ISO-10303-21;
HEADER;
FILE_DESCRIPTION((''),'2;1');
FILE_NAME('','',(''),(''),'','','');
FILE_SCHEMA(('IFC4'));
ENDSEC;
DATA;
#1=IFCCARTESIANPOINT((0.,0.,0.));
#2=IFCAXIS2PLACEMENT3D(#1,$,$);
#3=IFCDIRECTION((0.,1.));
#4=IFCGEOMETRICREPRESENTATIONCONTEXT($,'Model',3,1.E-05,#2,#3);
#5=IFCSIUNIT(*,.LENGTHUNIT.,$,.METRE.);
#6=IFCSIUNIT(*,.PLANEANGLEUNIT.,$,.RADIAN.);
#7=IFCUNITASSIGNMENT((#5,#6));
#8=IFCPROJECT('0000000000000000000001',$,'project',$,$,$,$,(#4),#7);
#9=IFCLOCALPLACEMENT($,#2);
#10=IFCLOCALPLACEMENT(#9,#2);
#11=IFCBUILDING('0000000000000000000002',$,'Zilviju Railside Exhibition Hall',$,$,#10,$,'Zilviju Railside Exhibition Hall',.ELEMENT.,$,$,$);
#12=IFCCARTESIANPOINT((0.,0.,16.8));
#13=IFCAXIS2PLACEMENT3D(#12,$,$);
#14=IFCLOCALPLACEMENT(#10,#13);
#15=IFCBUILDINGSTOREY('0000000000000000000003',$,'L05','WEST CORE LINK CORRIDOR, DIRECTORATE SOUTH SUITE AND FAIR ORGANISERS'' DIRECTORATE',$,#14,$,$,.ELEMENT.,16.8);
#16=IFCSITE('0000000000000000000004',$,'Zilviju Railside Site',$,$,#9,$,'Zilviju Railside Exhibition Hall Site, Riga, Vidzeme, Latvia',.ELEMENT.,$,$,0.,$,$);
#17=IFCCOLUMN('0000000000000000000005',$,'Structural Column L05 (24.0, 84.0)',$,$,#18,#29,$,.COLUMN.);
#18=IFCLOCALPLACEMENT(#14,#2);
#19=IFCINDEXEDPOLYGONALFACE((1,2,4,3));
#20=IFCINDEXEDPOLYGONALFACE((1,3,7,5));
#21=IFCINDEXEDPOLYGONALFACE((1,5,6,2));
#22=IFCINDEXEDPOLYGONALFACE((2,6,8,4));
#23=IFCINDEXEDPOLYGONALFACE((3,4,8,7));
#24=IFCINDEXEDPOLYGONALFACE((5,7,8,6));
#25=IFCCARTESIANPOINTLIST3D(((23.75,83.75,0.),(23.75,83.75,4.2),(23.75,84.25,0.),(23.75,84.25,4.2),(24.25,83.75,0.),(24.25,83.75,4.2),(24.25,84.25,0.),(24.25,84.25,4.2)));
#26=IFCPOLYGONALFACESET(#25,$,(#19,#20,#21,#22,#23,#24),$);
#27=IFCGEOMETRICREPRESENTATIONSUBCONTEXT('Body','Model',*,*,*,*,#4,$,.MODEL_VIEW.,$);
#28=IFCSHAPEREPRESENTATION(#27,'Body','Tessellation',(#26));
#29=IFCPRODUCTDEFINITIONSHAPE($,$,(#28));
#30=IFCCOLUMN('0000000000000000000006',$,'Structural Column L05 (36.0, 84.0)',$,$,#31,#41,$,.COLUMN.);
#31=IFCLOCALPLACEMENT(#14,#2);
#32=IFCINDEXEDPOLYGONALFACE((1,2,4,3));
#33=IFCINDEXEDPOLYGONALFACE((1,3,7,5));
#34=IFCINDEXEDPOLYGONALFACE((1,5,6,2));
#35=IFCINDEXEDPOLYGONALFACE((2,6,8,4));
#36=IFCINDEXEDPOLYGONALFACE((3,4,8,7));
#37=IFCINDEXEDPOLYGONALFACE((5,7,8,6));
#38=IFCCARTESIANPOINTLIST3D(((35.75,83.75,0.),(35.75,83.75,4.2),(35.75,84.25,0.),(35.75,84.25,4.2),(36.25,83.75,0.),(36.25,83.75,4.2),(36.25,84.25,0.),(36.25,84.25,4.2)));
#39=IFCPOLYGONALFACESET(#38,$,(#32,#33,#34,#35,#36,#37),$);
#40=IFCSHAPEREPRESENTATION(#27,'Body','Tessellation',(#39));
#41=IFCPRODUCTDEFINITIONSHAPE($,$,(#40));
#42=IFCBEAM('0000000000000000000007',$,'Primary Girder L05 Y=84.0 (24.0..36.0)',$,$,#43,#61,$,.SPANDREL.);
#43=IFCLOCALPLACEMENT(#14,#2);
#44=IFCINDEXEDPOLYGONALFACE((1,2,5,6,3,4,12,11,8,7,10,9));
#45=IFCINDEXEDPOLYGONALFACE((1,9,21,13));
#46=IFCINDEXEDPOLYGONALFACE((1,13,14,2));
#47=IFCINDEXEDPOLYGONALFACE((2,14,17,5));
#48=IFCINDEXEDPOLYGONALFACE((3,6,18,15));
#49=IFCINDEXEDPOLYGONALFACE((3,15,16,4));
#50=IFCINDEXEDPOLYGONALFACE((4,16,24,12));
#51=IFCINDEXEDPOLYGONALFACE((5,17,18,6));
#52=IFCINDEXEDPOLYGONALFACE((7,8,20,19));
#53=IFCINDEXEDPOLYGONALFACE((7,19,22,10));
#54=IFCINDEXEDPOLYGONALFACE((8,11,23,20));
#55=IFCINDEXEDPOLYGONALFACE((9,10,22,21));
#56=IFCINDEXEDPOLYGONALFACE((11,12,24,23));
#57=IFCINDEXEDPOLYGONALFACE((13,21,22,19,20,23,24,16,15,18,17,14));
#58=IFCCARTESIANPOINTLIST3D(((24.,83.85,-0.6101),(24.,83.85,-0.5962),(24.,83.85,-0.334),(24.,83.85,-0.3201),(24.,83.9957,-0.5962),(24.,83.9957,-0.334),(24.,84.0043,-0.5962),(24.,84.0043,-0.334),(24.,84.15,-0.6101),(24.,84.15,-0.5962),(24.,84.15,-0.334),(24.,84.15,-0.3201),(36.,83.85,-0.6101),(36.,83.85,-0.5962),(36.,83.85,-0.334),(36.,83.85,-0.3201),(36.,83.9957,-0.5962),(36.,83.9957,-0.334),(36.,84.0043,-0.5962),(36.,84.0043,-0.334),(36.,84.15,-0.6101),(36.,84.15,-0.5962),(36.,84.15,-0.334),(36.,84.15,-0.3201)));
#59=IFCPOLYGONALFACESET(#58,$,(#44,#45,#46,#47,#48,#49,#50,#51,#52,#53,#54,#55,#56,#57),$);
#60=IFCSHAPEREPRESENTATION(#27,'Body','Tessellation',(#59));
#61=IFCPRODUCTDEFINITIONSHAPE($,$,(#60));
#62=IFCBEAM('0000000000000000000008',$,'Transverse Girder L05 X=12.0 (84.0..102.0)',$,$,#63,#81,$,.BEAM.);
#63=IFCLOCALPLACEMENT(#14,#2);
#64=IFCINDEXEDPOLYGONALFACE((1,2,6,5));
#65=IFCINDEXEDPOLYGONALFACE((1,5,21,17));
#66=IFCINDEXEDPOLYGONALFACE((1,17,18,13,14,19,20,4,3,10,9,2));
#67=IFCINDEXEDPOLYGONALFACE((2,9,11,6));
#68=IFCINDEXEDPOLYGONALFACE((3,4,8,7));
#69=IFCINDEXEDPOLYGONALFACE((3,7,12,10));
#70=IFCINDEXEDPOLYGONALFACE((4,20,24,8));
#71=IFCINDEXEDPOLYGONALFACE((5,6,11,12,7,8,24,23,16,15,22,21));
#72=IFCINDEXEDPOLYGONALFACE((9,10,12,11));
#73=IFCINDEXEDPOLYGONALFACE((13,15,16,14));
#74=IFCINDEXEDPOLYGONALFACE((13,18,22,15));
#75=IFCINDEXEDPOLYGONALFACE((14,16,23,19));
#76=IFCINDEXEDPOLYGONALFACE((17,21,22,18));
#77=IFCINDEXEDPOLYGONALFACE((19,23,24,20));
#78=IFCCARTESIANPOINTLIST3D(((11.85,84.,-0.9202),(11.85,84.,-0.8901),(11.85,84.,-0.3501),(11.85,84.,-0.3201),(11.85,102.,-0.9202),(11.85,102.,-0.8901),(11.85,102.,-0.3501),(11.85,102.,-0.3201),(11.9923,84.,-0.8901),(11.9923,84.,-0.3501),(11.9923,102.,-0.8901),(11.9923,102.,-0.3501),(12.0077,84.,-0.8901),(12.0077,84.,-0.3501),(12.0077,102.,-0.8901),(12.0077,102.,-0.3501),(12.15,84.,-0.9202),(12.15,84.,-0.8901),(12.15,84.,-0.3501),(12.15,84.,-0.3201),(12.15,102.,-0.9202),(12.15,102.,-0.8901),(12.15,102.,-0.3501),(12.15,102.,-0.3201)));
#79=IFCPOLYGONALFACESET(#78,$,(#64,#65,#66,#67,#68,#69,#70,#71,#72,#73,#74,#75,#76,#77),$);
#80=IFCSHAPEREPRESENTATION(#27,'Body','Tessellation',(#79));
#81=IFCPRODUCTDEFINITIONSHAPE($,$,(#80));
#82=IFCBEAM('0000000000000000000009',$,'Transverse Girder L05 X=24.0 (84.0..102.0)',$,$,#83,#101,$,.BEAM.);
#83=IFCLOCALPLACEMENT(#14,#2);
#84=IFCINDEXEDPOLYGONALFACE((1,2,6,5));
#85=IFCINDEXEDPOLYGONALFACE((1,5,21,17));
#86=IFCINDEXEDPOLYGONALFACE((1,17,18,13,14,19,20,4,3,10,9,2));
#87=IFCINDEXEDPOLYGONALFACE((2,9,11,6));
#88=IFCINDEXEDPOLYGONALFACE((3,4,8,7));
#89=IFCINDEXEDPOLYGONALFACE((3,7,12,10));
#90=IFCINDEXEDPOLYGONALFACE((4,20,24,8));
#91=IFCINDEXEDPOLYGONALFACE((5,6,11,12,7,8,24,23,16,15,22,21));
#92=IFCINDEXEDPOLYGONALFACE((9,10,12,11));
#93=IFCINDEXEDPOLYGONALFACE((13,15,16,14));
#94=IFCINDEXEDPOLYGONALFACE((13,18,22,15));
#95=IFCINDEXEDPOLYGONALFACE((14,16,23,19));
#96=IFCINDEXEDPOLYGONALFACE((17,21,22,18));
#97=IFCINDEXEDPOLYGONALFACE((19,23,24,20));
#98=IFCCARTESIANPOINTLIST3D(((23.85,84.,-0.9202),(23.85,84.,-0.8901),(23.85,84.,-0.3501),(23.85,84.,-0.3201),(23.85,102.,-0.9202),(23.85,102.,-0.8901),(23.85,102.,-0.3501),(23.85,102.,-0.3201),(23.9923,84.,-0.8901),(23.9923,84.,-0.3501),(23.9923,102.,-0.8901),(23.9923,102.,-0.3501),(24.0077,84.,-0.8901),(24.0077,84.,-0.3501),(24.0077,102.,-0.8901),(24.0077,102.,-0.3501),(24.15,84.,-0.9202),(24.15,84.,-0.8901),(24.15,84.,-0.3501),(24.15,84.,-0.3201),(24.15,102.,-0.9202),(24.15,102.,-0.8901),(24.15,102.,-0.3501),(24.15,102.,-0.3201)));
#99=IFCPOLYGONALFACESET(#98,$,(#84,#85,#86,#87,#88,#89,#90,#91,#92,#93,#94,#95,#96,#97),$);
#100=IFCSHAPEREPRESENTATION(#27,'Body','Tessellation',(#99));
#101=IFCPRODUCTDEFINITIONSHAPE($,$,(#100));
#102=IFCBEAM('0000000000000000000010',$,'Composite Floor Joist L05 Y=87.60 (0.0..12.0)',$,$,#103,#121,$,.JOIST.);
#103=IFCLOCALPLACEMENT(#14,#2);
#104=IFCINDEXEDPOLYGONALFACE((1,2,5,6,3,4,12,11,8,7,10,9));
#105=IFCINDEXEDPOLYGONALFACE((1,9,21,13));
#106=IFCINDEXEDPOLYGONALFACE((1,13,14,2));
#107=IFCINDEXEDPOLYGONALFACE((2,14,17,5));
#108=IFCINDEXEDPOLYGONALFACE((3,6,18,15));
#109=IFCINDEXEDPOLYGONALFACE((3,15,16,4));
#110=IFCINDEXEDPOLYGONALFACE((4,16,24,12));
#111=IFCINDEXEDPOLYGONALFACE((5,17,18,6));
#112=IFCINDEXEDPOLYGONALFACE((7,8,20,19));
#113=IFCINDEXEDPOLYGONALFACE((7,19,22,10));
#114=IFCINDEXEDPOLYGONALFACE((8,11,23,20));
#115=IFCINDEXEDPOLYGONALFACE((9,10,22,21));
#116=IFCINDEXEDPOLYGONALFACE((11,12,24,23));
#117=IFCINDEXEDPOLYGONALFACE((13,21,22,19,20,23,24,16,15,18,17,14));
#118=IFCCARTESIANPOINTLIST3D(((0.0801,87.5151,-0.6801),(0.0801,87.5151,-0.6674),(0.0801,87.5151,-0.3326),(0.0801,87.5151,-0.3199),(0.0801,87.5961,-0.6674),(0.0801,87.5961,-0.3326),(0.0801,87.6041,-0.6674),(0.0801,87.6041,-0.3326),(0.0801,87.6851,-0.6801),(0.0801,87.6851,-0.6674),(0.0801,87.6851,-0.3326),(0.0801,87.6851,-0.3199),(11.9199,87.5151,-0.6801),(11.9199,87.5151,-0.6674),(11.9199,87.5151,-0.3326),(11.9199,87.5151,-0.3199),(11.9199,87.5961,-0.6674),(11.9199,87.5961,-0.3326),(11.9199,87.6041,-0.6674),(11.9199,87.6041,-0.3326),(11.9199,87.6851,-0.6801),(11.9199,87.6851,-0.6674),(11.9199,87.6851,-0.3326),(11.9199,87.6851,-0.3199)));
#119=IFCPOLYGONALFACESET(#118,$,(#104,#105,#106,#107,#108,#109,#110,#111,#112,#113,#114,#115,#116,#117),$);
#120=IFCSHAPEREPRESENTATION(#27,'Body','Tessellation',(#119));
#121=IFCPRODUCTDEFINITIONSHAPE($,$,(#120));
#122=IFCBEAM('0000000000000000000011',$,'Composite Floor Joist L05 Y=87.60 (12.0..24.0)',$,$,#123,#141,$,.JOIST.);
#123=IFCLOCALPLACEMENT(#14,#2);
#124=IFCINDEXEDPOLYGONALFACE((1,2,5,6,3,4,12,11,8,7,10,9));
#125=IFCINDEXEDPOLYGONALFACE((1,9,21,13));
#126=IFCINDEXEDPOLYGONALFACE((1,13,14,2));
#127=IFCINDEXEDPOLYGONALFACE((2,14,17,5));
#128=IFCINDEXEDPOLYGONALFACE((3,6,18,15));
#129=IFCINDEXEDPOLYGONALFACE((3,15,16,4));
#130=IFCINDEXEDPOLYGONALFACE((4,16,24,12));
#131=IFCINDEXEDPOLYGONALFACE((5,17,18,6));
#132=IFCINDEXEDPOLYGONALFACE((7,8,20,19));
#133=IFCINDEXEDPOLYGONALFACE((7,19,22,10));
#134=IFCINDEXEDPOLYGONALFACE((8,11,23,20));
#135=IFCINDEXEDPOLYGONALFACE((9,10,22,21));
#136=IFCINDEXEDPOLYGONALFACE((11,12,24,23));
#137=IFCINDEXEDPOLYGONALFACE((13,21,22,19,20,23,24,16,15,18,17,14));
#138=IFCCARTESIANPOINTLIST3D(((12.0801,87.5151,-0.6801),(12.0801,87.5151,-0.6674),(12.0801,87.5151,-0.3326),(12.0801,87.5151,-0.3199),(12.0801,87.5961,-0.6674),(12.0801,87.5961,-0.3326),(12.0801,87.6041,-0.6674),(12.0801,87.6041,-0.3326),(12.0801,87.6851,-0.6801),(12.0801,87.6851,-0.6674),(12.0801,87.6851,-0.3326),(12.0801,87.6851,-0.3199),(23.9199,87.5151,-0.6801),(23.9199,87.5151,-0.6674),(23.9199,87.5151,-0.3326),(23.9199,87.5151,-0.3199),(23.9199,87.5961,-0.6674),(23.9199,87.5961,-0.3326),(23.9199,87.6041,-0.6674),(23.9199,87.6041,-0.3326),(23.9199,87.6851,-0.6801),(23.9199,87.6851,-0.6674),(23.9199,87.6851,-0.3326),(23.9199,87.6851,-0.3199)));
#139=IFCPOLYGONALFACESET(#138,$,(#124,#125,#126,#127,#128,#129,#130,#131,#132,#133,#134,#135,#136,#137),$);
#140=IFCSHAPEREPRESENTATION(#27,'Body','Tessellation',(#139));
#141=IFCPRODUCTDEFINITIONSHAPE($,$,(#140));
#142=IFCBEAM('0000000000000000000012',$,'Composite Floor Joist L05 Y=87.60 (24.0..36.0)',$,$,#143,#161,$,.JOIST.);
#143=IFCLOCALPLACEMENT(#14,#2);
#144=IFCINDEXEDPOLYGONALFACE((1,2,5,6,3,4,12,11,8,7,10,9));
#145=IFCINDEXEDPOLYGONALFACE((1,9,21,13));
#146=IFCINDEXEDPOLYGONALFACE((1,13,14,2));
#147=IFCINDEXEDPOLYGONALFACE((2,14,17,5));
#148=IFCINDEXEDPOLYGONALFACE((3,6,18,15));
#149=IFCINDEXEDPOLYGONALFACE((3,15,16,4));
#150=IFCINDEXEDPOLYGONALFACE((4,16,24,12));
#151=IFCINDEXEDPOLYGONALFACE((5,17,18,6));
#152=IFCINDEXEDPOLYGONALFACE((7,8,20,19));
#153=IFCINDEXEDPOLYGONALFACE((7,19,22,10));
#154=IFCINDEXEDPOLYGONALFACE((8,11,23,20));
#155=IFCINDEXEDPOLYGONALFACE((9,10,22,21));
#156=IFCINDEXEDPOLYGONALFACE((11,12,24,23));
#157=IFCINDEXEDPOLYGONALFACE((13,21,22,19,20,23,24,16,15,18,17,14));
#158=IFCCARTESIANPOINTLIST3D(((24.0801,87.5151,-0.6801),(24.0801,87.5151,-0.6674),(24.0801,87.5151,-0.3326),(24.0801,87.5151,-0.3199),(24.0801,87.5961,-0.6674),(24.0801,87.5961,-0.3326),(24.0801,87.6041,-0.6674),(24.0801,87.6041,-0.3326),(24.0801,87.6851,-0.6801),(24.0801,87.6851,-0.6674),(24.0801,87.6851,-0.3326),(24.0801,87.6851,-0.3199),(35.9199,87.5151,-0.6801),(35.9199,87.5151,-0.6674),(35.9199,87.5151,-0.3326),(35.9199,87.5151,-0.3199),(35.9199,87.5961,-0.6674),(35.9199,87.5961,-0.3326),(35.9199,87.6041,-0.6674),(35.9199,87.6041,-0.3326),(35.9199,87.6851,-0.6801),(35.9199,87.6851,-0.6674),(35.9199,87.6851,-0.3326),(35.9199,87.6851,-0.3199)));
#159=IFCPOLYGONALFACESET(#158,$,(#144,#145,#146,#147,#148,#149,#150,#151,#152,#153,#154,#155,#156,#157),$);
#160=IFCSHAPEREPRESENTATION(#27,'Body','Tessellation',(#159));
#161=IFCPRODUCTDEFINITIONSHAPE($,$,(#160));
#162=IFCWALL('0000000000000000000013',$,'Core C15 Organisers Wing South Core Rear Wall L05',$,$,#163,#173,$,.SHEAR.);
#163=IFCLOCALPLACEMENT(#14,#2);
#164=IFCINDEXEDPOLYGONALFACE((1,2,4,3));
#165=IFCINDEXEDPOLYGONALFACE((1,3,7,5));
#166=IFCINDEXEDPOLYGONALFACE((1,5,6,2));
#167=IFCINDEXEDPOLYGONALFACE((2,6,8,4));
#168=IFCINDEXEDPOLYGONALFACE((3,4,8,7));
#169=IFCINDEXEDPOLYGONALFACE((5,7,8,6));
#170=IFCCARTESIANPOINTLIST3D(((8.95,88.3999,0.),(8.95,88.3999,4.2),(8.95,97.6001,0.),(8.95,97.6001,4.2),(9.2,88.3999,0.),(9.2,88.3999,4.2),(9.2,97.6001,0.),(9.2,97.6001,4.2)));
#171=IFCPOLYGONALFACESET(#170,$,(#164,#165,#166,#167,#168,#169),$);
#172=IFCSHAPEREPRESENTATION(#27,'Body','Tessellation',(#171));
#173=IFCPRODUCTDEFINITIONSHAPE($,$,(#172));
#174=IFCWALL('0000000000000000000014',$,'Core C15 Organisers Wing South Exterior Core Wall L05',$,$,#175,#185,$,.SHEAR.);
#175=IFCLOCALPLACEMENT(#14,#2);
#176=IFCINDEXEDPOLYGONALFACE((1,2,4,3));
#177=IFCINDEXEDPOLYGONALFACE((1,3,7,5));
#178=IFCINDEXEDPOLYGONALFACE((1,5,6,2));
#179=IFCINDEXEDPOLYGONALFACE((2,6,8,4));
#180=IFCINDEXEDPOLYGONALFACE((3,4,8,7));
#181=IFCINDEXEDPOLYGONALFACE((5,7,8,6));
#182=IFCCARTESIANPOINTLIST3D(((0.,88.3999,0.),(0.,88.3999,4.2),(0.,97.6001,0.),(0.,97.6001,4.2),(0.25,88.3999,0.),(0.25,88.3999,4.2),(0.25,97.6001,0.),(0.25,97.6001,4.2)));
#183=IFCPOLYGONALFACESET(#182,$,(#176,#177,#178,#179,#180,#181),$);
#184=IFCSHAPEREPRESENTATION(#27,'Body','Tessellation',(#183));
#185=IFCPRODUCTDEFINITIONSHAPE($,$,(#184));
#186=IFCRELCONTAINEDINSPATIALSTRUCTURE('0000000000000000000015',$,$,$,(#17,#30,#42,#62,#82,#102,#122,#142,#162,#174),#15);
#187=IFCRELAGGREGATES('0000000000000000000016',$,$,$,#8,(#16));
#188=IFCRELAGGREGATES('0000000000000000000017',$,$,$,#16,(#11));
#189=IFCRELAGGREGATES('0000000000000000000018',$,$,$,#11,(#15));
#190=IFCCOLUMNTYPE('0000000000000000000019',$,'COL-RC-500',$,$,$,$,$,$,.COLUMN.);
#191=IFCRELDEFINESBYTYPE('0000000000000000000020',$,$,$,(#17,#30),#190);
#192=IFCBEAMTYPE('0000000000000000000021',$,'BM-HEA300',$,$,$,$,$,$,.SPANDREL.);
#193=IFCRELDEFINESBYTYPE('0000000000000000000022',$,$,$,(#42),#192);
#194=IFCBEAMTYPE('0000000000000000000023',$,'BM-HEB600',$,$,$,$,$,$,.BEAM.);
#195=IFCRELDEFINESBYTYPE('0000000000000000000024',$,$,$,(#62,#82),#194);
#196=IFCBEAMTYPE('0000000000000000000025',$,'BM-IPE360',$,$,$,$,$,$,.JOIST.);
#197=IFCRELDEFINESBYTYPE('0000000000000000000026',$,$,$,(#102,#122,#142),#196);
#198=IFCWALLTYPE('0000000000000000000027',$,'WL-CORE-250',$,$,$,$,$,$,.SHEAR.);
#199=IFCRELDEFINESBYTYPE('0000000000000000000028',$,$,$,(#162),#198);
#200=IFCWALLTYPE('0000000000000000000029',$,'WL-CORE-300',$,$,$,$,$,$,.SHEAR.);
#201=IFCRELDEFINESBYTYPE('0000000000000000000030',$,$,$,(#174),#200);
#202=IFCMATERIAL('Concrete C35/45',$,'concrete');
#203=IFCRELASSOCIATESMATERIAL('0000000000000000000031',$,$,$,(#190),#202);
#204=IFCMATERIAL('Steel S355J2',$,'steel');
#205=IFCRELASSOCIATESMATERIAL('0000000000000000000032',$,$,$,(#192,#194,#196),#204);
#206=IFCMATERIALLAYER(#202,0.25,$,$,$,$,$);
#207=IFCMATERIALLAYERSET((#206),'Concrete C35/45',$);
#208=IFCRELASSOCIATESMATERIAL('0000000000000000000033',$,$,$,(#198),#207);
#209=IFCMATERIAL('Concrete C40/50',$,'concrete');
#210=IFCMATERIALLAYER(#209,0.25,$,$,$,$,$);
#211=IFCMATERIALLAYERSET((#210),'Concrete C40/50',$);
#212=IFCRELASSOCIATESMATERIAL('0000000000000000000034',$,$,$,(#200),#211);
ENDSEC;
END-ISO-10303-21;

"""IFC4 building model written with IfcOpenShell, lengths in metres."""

from ifc_helpers import new_model, si_unit, direction, frame, frame_2d, origin, origin_2d, place, context, subcontext, project, spatial, rectangle, i_section, extrude, material, layer, layer_set, material_profile, profile_set, type_object, element, save


model = new_model("IFC4")

# Units and contexts
model_context = context("Model", 3, precision=1e-05, world=origin(), true_north=direction((0.0, 1.0)))
body_context = subcontext(model_context, "Body", "Model", "MODEL_VIEW")
ifc_project = project(units=[si_unit("LENGTHUNIT", "METRE"), si_unit("PLANEANGLEUNIT", "RADIAN")], contexts=[model_context])

# Site, building, storey
site_placement = place(None, origin())
site = spatial("IfcSite", under=ifc_project, at=site_placement, Name="Zilviju Railside Site", LongName="Zilviju Railside Exhibition Hall Site, Riga, Vidzeme, Latvia", CompositionType="ELEMENT", RefElevation=0.0)
building_placement = place(site_placement, origin())
building = spatial("IfcBuilding", under=site, at=building_placement, Name="Zilviju Railside Exhibition Hall", LongName="Zilviju Railside Exhibition Hall", CompositionType="ELEMENT")
storey_placement = place(building_placement, frame((0.0, 0.0, 16.8)))
storey = spatial("IfcBuildingStorey", under=building, at=storey_placement, Name="L05", Description="WEST CORE LINK CORRIDOR, DIRECTORATE SOUTH SUITE AND FAIR ORGANISERS' DIRECTORATE", CompositionType="ELEMENT", Elevation=16.8)

# Columns
ifc_material_1 = material(Name="Concrete C35/45", Category="concrete")
ifc_material_profile_1 = material_profile(ifc_material_1, rectangle(XDim=0.5, YDim=0.5, at=origin_2d()), Name="RC COL 500x500")
ifc_profile_set_1 = profile_set([ifc_material_profile_1], Name="Concrete C35/45")
column_type = type_object("IfcColumnType", Name="COL-RC-500", PredefinedType="COLUMN", material=ifc_profile_set_1)
for number, where, z_axis, x_axis, name in (
    (1, (24.0, 84.0, 0.0), (0.0, 0.0, 1.0), (1.0, 0.0, 0.0), "Structural Column L05 (24.0, 84.0)"),
    (2, (36.0, 84.0, 0.0), (0.0, 0.0, 1.0), (1.0, 0.0, 0.0), "Structural Column L05 (36.0, 84.0)"),
):
    element("IfcColumn", number, at=place(storey_placement, frame(where, z_axis=z_axis, x_axis=x_axis)), inside=storey, type_object=column_type, Name=name, PredefinedType="COLUMN", context=body_context, shape_type="SweptSolid", body=[
        extrude(rectangle(XDim=0.5, YDim=0.5, at=origin_2d()), origin(), (0.0, 0.0, 1.0), 4.2),
    ])

# Beams
ifc_material_2 = material(Name="Steel S355J2", Category="steel")
ifc_material_profile_2 = material_profile(ifc_material_2, i_section(OverallWidth=0.3, OverallDepth=0.29, WebThickness=0.0085, FlangeThickness=0.0139, at=origin_2d()), Name="HEA 300")
ifc_profile_set_2 = profile_set([ifc_material_profile_2], Name="Steel S355J2")
beam_type_1 = type_object("IfcBeamType", Name="BM-HEA300", PredefinedType="SPANDREL", material=ifc_profile_set_2)
beam_placement = place(storey_placement, frame((24.0, 84.0, -0.4651), z_axis=(1.0, 0.0, 0.0), x_axis=(0.0, 1.0, 0.0)))
element("IfcBeam", 3, at=beam_placement, inside=storey, type_object=beam_type_1, Name="Primary Girder L05 Y=84.0 (24.0..36.0)", PredefinedType="SPANDREL", context=body_context, shape_type="SweptSolid", body=[
    extrude(i_section(OverallWidth=0.3, OverallDepth=0.29, WebThickness=0.0085, FlangeThickness=0.0139, at=origin_2d()), origin(), (0.0, 0.0, 1.0), 12.0),
])
ifc_material_profile_3 = material_profile(ifc_material_2, i_section(OverallWidth=0.3, OverallDepth=0.6001, WebThickness=0.0154, FlangeThickness=0.03, at=origin_2d()), Name="HEB 600")
ifc_profile_set_3 = profile_set([ifc_material_profile_3], Name="Steel S355J2")
beam_type_2 = type_object("IfcBeamType", Name="BM-HEB600", PredefinedType="BEAM", material=ifc_profile_set_3)
for number, where, z_axis, x_axis, name in (
    (4, (12.0, 84.0, -0.6201), (0.0, 1.0, 0.0), (-1.0, 0.0, 0.0), "Transverse Girder L05 X=12.0 (84.0..102.0)"),
    (5, (24.0, 84.0, -0.6201), (0.0, 1.0, 0.0), (-1.0, 0.0, 0.0), "Transverse Girder L05 X=24.0 (84.0..102.0)"),
):
    element("IfcBeam", number, at=place(storey_placement, frame(where, z_axis=z_axis, x_axis=x_axis)), inside=storey, type_object=beam_type_2, Name=name, PredefinedType="BEAM", context=body_context, shape_type="SweptSolid", body=[
        extrude(i_section(OverallWidth=0.3, OverallDepth=0.6001, WebThickness=0.0154, FlangeThickness=0.03, at=origin_2d()), origin(), (0.0, 0.0, 1.0), 18.0),
    ])
ifc_material_profile_4 = material_profile(ifc_material_2, i_section(OverallWidth=0.1699, OverallDepth=0.3601, WebThickness=0.0081, FlangeThickness=0.0127, at=origin_2d()), Name="IPE 360")
ifc_profile_set_4 = profile_set([ifc_material_profile_4], Name="Steel S355J2")
beam_type_3 = type_object("IfcBeamType", Name="BM-IPE360", PredefinedType="JOIST", material=ifc_profile_set_4)
for number, where, z_axis, x_axis, name in (
    (6, (0.0801, 87.6001, -0.5), (1.0, 0.0, 0.0), (0.0, 1.0, 0.0), "Composite Floor Joist L05 Y=87.60 (0.0..12.0)"),
    (7, (12.0801, 87.6001, -0.5), (1.0, 0.0, 0.0), (0.0, 1.0, 0.0), "Composite Floor Joist L05 Y=87.60 (12.0..24.0)"),
    (8, (24.0801, 87.6001, -0.5), (1.0, 0.0, 0.0), (0.0, 1.0, 0.0), "Composite Floor Joist L05 Y=87.60 (24.0..36.0)"),
):
    element("IfcBeam", number, at=place(storey_placement, frame(where, z_axis=z_axis, x_axis=x_axis)), inside=storey, type_object=beam_type_3, Name=name, PredefinedType="JOIST", context=body_context, shape_type="SweptSolid", body=[
        extrude(i_section(OverallWidth=0.1699, OverallDepth=0.3601, WebThickness=0.0081, FlangeThickness=0.0127, at=origin_2d()), origin(), (0.0, 0.0, 1.0), 11.8398),
    ])

# Walls
ifc_layer_1 = layer(ifc_material_1, 0.25)
ifc_layer_set_1 = layer_set([ifc_layer_1], Name="Concrete C35/45")
wall_type_1 = type_object("IfcWallType", Name="WL-CORE-250", PredefinedType="SHEAR", material=ifc_layer_set_1)
wall_1_placement = place(storey_placement, frame((9.075, 88.3999, 0.0), z_axis=(0.0, 0.0, 1.0), x_axis=(0.0, 1.0, 0.0)))
element("IfcWall", 9, at=wall_1_placement, inside=storey, type_object=wall_type_1, Name="Core C15 Organisers Wing South Core Rear Wall L05", PredefinedType="SHEAR", context=body_context, shape_type="SweptSolid", body=[
    extrude(rectangle(XDim=9.2002, YDim=0.25, at=frame_2d((4.6001, 0.0))), origin(), (0.0, 0.0, 1.0), 4.2),
])
ifc_material_3 = material(Name="Concrete C40/50", Category="concrete")
ifc_layer_2 = layer(ifc_material_3, 0.25)
ifc_layer_set_2 = layer_set([ifc_layer_2], Name="Concrete C40/50")
wall_type_2 = type_object("IfcWallType", Name="WL-CORE-300", PredefinedType="SHEAR", material=ifc_layer_set_2)
wall_2_placement = place(storey_placement, frame((0.125, 88.3999, 0.0), z_axis=(0.0, 0.0, 1.0), x_axis=(0.0, 1.0, 0.0)))
element("IfcWall", 10, at=wall_2_placement, inside=storey, type_object=wall_type_2, Name="Core C15 Organisers Wing South Exterior Core Wall L05", PredefinedType="SHEAR", context=body_context, shape_type="SweptSolid", body=[
    extrude(rectangle(XDim=9.2002, YDim=0.25, at=frame_2d((4.6001, 0.0))), origin(), (0.0, 0.0, 1.0), 4.2),
])

save(model, "model.ifc")
